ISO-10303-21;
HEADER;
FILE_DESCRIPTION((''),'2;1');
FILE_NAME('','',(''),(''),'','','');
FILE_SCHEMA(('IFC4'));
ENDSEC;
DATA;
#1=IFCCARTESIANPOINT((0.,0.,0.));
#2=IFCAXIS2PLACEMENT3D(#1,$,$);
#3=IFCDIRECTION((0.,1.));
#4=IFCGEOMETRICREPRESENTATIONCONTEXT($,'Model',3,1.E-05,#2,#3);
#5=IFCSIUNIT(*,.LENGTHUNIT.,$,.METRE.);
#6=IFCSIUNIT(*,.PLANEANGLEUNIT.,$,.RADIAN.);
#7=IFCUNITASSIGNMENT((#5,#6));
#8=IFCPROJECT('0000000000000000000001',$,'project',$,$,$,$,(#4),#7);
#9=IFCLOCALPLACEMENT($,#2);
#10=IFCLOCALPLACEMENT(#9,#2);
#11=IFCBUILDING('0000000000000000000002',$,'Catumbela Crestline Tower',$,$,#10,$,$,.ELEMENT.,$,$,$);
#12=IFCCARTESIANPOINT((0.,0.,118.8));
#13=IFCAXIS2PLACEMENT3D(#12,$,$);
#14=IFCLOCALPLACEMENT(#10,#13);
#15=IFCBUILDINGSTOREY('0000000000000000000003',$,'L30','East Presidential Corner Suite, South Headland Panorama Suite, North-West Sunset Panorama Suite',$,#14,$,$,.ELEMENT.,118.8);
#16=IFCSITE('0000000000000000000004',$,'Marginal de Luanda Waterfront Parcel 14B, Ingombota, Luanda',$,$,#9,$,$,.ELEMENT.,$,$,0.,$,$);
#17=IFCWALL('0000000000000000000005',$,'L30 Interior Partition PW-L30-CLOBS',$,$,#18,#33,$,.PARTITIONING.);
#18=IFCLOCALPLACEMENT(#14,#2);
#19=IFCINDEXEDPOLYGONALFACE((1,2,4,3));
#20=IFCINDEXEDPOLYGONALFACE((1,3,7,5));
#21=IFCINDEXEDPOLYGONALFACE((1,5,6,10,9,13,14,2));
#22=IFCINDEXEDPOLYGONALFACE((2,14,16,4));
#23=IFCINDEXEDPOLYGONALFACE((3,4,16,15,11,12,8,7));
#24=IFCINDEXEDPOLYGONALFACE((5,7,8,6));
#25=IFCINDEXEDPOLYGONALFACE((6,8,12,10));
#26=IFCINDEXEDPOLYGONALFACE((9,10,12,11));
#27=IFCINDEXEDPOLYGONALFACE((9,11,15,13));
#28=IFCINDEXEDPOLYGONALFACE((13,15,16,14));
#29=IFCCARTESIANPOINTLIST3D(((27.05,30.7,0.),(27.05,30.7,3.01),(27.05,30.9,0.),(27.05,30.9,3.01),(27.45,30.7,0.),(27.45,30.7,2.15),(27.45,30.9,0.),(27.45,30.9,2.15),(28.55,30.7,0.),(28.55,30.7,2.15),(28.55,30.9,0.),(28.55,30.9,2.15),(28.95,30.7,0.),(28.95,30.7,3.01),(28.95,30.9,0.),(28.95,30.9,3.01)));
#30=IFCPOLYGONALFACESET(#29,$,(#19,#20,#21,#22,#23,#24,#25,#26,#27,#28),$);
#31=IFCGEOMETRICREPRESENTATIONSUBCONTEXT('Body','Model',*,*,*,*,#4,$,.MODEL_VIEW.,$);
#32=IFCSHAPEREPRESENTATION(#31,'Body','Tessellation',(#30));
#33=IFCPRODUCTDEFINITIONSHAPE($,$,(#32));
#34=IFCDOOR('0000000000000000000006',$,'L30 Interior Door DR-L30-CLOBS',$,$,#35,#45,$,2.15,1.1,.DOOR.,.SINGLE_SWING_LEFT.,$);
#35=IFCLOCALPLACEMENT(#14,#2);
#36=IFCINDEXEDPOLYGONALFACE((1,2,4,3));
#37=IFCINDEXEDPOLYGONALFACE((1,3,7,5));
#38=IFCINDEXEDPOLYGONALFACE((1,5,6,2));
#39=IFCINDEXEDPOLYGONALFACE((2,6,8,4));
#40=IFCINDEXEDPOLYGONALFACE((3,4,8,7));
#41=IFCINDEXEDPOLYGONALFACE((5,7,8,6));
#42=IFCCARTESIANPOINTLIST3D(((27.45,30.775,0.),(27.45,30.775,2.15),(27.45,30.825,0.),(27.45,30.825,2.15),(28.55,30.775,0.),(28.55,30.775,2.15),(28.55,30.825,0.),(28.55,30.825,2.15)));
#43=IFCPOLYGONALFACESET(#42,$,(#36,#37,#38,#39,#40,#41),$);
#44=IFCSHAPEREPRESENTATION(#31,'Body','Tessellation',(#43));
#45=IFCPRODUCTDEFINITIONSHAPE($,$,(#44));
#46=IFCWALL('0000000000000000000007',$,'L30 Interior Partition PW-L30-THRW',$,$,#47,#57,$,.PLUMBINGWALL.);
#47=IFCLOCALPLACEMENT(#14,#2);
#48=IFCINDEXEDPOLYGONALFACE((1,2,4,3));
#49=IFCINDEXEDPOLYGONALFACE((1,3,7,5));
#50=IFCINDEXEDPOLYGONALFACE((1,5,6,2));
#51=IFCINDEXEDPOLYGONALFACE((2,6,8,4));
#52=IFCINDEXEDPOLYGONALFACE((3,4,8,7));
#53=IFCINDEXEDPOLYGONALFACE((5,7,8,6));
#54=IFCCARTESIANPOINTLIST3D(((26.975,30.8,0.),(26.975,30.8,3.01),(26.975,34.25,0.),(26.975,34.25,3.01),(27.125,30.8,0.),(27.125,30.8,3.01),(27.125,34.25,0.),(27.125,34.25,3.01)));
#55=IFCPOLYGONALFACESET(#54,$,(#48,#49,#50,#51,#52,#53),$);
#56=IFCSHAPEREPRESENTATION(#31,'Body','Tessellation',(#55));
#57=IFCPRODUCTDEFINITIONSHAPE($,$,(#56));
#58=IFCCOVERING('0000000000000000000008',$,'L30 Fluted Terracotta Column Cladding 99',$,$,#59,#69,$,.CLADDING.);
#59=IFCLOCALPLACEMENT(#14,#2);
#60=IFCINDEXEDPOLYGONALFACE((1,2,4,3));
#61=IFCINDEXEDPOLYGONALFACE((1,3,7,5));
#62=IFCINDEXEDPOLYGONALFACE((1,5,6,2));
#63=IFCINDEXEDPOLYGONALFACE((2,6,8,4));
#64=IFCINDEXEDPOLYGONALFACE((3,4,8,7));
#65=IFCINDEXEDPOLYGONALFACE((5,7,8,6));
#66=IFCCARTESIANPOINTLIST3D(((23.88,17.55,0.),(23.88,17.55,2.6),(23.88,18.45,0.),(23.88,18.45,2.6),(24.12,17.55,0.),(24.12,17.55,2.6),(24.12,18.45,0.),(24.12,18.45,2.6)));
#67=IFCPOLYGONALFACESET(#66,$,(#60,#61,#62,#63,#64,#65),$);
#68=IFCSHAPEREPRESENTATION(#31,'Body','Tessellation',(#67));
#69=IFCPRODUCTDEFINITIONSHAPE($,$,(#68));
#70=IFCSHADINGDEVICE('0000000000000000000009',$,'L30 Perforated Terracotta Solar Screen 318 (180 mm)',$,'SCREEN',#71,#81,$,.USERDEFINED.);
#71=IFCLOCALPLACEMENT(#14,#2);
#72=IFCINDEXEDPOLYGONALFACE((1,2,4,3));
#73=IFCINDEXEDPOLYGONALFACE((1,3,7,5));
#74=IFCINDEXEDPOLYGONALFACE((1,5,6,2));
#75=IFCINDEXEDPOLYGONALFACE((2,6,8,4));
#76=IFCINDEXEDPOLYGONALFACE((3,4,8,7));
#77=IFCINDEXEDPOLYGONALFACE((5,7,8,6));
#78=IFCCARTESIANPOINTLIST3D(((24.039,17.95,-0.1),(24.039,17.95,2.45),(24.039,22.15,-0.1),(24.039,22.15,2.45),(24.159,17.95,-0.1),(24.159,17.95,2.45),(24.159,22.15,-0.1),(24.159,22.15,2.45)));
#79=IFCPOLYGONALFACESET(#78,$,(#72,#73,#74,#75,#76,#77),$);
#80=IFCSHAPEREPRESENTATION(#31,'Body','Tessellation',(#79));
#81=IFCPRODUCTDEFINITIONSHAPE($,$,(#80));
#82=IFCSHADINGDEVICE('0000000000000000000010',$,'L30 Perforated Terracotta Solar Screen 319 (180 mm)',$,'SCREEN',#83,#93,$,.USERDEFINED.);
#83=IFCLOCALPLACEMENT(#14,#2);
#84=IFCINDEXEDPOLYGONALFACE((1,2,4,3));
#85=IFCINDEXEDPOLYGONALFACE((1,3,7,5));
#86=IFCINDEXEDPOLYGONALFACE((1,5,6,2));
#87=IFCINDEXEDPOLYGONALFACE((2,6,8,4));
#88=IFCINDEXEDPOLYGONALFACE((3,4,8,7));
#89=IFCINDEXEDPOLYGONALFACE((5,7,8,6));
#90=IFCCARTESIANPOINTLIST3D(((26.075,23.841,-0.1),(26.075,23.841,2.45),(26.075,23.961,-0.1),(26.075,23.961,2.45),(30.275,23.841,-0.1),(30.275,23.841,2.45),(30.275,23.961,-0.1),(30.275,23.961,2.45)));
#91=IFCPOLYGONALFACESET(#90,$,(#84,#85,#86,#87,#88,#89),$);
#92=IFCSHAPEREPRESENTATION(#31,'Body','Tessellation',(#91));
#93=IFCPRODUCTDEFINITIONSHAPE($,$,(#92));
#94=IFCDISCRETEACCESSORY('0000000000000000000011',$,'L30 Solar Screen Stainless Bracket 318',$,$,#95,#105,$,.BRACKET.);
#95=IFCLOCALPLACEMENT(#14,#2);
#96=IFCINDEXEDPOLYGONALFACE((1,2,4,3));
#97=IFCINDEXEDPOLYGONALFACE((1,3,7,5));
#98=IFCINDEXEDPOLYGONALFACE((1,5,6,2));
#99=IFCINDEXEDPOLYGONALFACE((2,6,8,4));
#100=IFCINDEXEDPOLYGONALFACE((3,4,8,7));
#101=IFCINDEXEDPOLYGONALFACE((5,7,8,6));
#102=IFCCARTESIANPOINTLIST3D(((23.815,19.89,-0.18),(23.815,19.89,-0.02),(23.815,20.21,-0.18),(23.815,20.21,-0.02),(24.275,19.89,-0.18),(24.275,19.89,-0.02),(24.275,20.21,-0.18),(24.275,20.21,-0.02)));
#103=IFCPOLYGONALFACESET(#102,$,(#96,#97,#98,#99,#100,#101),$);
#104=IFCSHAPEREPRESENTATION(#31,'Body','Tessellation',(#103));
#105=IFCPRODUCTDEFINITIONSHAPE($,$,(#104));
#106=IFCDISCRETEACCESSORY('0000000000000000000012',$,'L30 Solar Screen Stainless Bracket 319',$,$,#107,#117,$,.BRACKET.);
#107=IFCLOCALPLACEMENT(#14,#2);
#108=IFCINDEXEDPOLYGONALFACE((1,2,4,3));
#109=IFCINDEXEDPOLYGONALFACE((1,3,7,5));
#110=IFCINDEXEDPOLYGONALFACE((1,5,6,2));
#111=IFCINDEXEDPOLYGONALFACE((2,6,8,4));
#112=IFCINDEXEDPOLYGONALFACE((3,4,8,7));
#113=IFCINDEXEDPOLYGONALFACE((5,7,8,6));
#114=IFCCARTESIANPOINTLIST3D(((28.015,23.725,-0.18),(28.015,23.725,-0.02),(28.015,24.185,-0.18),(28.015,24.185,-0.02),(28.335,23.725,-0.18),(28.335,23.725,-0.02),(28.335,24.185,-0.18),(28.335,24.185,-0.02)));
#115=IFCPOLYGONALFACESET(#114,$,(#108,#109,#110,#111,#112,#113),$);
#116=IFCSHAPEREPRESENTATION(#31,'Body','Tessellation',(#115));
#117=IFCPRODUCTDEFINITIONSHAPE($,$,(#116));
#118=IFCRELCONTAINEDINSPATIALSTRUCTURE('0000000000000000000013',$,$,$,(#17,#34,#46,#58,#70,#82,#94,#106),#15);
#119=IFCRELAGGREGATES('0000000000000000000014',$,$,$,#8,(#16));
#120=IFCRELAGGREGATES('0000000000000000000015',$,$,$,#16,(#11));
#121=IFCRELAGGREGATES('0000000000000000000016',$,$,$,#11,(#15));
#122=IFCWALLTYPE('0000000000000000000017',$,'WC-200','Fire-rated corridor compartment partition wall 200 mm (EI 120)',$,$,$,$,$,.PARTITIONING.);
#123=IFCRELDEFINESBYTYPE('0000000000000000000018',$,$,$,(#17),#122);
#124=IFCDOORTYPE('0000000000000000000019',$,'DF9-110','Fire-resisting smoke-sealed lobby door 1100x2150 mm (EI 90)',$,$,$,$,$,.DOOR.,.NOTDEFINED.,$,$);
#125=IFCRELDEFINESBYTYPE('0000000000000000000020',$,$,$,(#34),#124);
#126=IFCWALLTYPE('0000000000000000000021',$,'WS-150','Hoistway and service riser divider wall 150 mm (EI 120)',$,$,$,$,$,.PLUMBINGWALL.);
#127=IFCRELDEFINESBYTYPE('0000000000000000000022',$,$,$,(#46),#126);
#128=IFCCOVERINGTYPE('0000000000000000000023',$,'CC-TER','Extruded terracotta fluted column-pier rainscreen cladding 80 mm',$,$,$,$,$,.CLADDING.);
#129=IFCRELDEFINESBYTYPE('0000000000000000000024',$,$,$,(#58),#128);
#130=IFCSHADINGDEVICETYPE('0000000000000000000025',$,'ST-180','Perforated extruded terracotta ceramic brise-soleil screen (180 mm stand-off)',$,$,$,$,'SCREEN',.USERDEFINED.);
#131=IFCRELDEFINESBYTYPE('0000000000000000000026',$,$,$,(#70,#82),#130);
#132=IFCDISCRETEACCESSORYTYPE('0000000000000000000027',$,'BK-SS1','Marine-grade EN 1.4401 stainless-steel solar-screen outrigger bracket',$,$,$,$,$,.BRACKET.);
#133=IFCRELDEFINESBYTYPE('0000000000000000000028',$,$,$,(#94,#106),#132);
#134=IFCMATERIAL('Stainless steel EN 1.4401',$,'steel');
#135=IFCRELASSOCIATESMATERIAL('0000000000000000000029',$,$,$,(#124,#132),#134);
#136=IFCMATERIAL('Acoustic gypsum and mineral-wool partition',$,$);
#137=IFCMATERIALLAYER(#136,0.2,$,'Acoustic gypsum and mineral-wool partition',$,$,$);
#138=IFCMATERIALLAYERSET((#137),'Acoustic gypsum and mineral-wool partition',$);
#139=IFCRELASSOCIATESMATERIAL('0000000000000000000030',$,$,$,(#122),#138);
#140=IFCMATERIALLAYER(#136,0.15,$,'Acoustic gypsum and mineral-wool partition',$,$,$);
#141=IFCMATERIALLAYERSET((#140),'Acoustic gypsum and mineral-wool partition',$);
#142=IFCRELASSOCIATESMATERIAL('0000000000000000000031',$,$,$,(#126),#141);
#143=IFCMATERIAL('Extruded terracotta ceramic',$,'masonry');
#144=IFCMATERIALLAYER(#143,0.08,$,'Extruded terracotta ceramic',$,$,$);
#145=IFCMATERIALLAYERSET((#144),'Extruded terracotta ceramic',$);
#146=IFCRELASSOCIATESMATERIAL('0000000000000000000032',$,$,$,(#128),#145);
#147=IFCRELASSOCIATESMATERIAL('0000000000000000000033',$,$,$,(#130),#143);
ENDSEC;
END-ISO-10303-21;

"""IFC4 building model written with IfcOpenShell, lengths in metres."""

from ifc_helpers import new_model, si_unit, direction, frame, frame_2d, origin, origin_2d, place, context, subcontext, project, spatial, rectangle, extrude, material, layer, layer_set, type_object, element, fill, save


model = new_model("IFC4")

# Units and contexts
model_context = context("Model", 3, precision=1e-05, world=origin(), true_north=direction((0.0, 1.0)))
body_context = subcontext(model_context, "Body", "Model", "MODEL_VIEW")
ifc_project = project(units=[si_unit("LENGTHUNIT", "METRE"), si_unit("PLANEANGLEUNIT", "RADIAN")], contexts=[model_context])

# Site, building, storey
site_placement = place(None, origin())
site = spatial("IfcSite", under=ifc_project, at=site_placement, Name="Marginal de Luanda Waterfront Parcel 14B, Ingombota, Luanda", CompositionType="ELEMENT", RefElevation=0.0)
building_placement = place(site_placement, origin())
building = spatial("IfcBuilding", under=site, at=building_placement, Name="Catumbela Crestline Tower", CompositionType="ELEMENT")
storey_placement = place(building_placement, frame((0.0, 0.0, 118.8)))
storey = spatial("IfcBuildingStorey", under=building, at=storey_placement, Name="L30", Description="East Presidential Corner Suite, South Headland Panorama Suite, North-West Sunset Panorama Suite", CompositionType="ELEMENT", Elevation=118.8)

# Wall, opening, door
ifc_material_1 = material(Name="Stainless steel EN 1.4401", Category="steel")
door_type = type_object("IfcDoorType", Name="DF9-110", Description="Fire-resisting smoke-sealed lobby door 1100x2150 mm (EI 90)", OperationType="NOTDEFINED", PredefinedType="DOOR", material=ifc_material_1)
ifc_material_2 = material(Name="Acoustic gypsum and mineral-wool partition")
ifc_layer_1 = layer(ifc_material_2, 0.2, Name="Acoustic gypsum and mineral-wool partition")
ifc_layer_set_1 = layer_set([ifc_layer_1], Name="Acoustic gypsum and mineral-wool partition")
wall_type_1 = type_object("IfcWallType", Name="WC-200", Description="Fire-rated corridor compartment partition wall 200 mm (EI 120)", PredefinedType="PARTITIONING", material=ifc_layer_set_1)
wall_1_placement = place(storey_placement, frame((27.05, 30.8, 0.0), z_axis=(0.0, 0.0, 1.0), x_axis=(1.0, 0.0, 0.0)))
wall_1 = element("IfcWall", 1, at=wall_1_placement, inside=storey, type_object=wall_type_1, Name="L30 Interior Partition PW-L30-CLOBS", PredefinedType="PARTITIONING", context=body_context, shape_type="SweptSolid", body=[
    extrude(rectangle(XDim=1.9, YDim=0.2, at=frame_2d((0.95, 0.0))), origin(), (0.0, 0.0, 1.0), 3.01),
])
opening_1_placement = place(wall_1_placement, frame((0.4, 0.0, 0.0)))
opening_1 = element("IfcOpeningElement", 2, at=opening_1_placement, cuts=wall_1, PredefinedType="OPENING", context=body_context, shape_type="SweptSolid", body=[
    extrude(rectangle(XDim=1.1, YDim=2.15, at=frame_2d((0.55, 1.075))), frame((0.0, 0.11, 0.0), z_axis=(0.0, -1.0, 0.0), x_axis=(1.0, 0.0, 0.0)), (0.0, 0.0, 1.0), 0.22),
])
door_1_placement = place(opening_1_placement, origin())
door_1 = element("IfcDoor", 3, at=door_1_placement, inside=storey, type_object=door_type, Name="L30 Interior Door DR-L30-CLOBS", OperationType="SINGLE_SWING_LEFT", OverallHeight=2.15, OverallWidth=1.1, PredefinedType="DOOR", context=body_context, shape_type="SweptSolid", body=[
    extrude(rectangle(XDim=1.1, YDim=2.15, at=frame_2d((0.55, 1.075))), frame((0.0, 0.025, 0.0), z_axis=(0.0, -1.0, 0.0), x_axis=(1.0, 0.0, 0.0)), (0.0, 0.0, 1.0), 0.05),
])
fill(opening_1, door_1)

# Wall
ifc_layer_2 = layer(ifc_material_2, 0.15, Name="Acoustic gypsum and mineral-wool partition")
ifc_layer_set_2 = layer_set([ifc_layer_2], Name="Acoustic gypsum and mineral-wool partition")
wall_type_2 = type_object("IfcWallType", Name="WS-150", Description="Hoistway and service riser divider wall 150 mm (EI 120)", PredefinedType="PLUMBINGWALL", material=ifc_layer_set_2)
wall_2_placement = place(storey_placement, frame((27.05, 30.8, 0.0), z_axis=(0.0, 0.0, 1.0), x_axis=(0.0, 1.0, 0.0)))
element("IfcWall", 4, at=wall_2_placement, inside=storey, type_object=wall_type_2, Name="L30 Interior Partition PW-L30-THRW", PredefinedType="PLUMBINGWALL", context=body_context, shape_type="SweptSolid", body=[
    extrude(rectangle(XDim=3.45, YDim=0.15, at=frame_2d((1.725, 0.0))), origin(), (0.0, 0.0, 1.0), 3.01),
])

# Covering
ifc_material_3 = material(Name="Extruded terracotta ceramic", Category="masonry")
ifc_layer_3 = layer(ifc_material_3, 0.08, Name="Extruded terracotta ceramic")
ifc_layer_set_3 = layer_set([ifc_layer_3], Name="Extruded terracotta ceramic")
covering_type = type_object("IfcCoveringType", Name="CC-TER", Description="Extruded terracotta fluted column-pier rainscreen cladding 80 mm", PredefinedType="CLADDING", material=ifc_layer_set_3)
covering_placement = place(storey_placement, frame((24.0, 18.0, 0.0), z_axis=(0.0, 0.0, 1.0), x_axis=(0.0, 1.0, 0.0)))
element("IfcCovering", 5, at=covering_placement, inside=storey, type_object=covering_type, Name="L30 Fluted Terracotta Column Cladding 99", PredefinedType="CLADDING", context=body_context, shape_type="SweptSolid", body=[
    extrude(rectangle(XDim=0.9, YDim=0.24, at=origin_2d()), origin(), (0.0, 0.0, 1.0), 2.6),
])

# Shading devices
shading_device_type = type_object("IfcShadingDeviceType", Name="ST-180", Description="Perforated extruded terracotta ceramic brise-soleil screen (180 mm stand-off)", ElementType="SCREEN", PredefinedType="USERDEFINED", material=ifc_material_3)
for number, where, z_axis, x_axis, name in (
    (6, (24.099, 20.05, -0.1), (0.0, 0.0, 1.0), (0.0, 1.0, 0.0), "L30 Perforated Terracotta Solar Screen 318 (180 mm)"),
    (7, (28.175, 23.901, -0.1), (0.0, 0.0, 1.0), (1.0, 0.0, 0.0), "L30 Perforated Terracotta Solar Screen 319 (180 mm)"),
):
    element("IfcShadingDevice", number, at=place(storey_placement, frame(where, z_axis=z_axis, x_axis=x_axis)), inside=storey, type_object=shading_device_type, Name=name, ObjectType="SCREEN", PredefinedType="USERDEFINED", context=body_context, shape_type="SweptSolid", body=[
        extrude(rectangle(XDim=4.2, YDim=0.12, at=origin_2d()), origin(), (0.0, 0.0, 1.0), 2.55),
    ])

# Discrete accessories
discrete_accessory_type = type_object("IfcDiscreteAccessoryType", Name="BK-SS1", Description="Marine-grade EN 1.4401 stainless-steel solar-screen outrigger bracket", PredefinedType="BRACKET", material=ifc_material_1)
for number, where, z_axis, x_axis, name in (
    (8, (24.045, 20.05, -0.18), (0.0, 0.0, 1.0), (0.0, 1.0, 0.0), "L30 Solar Screen Stainless Bracket 318"),
    (9, (28.175, 23.955, -0.18), (0.0, 0.0, 1.0), (1.0, 0.0, 0.0), "L30 Solar Screen Stainless Bracket 319"),
):
    element("IfcDiscreteAccessory", number, at=place(storey_placement, frame(where, z_axis=z_axis, x_axis=x_axis)), inside=storey, type_object=discrete_accessory_type, Name=name, PredefinedType="BRACKET", context=body_context, shape_type="SweptSolid", body=[
        extrude(rectangle(XDim=0.32, YDim=0.46, at=origin_2d()), origin(), (0.0, 0.0, 1.0), 0.16),
    ])

save(model, "model.ifc")
